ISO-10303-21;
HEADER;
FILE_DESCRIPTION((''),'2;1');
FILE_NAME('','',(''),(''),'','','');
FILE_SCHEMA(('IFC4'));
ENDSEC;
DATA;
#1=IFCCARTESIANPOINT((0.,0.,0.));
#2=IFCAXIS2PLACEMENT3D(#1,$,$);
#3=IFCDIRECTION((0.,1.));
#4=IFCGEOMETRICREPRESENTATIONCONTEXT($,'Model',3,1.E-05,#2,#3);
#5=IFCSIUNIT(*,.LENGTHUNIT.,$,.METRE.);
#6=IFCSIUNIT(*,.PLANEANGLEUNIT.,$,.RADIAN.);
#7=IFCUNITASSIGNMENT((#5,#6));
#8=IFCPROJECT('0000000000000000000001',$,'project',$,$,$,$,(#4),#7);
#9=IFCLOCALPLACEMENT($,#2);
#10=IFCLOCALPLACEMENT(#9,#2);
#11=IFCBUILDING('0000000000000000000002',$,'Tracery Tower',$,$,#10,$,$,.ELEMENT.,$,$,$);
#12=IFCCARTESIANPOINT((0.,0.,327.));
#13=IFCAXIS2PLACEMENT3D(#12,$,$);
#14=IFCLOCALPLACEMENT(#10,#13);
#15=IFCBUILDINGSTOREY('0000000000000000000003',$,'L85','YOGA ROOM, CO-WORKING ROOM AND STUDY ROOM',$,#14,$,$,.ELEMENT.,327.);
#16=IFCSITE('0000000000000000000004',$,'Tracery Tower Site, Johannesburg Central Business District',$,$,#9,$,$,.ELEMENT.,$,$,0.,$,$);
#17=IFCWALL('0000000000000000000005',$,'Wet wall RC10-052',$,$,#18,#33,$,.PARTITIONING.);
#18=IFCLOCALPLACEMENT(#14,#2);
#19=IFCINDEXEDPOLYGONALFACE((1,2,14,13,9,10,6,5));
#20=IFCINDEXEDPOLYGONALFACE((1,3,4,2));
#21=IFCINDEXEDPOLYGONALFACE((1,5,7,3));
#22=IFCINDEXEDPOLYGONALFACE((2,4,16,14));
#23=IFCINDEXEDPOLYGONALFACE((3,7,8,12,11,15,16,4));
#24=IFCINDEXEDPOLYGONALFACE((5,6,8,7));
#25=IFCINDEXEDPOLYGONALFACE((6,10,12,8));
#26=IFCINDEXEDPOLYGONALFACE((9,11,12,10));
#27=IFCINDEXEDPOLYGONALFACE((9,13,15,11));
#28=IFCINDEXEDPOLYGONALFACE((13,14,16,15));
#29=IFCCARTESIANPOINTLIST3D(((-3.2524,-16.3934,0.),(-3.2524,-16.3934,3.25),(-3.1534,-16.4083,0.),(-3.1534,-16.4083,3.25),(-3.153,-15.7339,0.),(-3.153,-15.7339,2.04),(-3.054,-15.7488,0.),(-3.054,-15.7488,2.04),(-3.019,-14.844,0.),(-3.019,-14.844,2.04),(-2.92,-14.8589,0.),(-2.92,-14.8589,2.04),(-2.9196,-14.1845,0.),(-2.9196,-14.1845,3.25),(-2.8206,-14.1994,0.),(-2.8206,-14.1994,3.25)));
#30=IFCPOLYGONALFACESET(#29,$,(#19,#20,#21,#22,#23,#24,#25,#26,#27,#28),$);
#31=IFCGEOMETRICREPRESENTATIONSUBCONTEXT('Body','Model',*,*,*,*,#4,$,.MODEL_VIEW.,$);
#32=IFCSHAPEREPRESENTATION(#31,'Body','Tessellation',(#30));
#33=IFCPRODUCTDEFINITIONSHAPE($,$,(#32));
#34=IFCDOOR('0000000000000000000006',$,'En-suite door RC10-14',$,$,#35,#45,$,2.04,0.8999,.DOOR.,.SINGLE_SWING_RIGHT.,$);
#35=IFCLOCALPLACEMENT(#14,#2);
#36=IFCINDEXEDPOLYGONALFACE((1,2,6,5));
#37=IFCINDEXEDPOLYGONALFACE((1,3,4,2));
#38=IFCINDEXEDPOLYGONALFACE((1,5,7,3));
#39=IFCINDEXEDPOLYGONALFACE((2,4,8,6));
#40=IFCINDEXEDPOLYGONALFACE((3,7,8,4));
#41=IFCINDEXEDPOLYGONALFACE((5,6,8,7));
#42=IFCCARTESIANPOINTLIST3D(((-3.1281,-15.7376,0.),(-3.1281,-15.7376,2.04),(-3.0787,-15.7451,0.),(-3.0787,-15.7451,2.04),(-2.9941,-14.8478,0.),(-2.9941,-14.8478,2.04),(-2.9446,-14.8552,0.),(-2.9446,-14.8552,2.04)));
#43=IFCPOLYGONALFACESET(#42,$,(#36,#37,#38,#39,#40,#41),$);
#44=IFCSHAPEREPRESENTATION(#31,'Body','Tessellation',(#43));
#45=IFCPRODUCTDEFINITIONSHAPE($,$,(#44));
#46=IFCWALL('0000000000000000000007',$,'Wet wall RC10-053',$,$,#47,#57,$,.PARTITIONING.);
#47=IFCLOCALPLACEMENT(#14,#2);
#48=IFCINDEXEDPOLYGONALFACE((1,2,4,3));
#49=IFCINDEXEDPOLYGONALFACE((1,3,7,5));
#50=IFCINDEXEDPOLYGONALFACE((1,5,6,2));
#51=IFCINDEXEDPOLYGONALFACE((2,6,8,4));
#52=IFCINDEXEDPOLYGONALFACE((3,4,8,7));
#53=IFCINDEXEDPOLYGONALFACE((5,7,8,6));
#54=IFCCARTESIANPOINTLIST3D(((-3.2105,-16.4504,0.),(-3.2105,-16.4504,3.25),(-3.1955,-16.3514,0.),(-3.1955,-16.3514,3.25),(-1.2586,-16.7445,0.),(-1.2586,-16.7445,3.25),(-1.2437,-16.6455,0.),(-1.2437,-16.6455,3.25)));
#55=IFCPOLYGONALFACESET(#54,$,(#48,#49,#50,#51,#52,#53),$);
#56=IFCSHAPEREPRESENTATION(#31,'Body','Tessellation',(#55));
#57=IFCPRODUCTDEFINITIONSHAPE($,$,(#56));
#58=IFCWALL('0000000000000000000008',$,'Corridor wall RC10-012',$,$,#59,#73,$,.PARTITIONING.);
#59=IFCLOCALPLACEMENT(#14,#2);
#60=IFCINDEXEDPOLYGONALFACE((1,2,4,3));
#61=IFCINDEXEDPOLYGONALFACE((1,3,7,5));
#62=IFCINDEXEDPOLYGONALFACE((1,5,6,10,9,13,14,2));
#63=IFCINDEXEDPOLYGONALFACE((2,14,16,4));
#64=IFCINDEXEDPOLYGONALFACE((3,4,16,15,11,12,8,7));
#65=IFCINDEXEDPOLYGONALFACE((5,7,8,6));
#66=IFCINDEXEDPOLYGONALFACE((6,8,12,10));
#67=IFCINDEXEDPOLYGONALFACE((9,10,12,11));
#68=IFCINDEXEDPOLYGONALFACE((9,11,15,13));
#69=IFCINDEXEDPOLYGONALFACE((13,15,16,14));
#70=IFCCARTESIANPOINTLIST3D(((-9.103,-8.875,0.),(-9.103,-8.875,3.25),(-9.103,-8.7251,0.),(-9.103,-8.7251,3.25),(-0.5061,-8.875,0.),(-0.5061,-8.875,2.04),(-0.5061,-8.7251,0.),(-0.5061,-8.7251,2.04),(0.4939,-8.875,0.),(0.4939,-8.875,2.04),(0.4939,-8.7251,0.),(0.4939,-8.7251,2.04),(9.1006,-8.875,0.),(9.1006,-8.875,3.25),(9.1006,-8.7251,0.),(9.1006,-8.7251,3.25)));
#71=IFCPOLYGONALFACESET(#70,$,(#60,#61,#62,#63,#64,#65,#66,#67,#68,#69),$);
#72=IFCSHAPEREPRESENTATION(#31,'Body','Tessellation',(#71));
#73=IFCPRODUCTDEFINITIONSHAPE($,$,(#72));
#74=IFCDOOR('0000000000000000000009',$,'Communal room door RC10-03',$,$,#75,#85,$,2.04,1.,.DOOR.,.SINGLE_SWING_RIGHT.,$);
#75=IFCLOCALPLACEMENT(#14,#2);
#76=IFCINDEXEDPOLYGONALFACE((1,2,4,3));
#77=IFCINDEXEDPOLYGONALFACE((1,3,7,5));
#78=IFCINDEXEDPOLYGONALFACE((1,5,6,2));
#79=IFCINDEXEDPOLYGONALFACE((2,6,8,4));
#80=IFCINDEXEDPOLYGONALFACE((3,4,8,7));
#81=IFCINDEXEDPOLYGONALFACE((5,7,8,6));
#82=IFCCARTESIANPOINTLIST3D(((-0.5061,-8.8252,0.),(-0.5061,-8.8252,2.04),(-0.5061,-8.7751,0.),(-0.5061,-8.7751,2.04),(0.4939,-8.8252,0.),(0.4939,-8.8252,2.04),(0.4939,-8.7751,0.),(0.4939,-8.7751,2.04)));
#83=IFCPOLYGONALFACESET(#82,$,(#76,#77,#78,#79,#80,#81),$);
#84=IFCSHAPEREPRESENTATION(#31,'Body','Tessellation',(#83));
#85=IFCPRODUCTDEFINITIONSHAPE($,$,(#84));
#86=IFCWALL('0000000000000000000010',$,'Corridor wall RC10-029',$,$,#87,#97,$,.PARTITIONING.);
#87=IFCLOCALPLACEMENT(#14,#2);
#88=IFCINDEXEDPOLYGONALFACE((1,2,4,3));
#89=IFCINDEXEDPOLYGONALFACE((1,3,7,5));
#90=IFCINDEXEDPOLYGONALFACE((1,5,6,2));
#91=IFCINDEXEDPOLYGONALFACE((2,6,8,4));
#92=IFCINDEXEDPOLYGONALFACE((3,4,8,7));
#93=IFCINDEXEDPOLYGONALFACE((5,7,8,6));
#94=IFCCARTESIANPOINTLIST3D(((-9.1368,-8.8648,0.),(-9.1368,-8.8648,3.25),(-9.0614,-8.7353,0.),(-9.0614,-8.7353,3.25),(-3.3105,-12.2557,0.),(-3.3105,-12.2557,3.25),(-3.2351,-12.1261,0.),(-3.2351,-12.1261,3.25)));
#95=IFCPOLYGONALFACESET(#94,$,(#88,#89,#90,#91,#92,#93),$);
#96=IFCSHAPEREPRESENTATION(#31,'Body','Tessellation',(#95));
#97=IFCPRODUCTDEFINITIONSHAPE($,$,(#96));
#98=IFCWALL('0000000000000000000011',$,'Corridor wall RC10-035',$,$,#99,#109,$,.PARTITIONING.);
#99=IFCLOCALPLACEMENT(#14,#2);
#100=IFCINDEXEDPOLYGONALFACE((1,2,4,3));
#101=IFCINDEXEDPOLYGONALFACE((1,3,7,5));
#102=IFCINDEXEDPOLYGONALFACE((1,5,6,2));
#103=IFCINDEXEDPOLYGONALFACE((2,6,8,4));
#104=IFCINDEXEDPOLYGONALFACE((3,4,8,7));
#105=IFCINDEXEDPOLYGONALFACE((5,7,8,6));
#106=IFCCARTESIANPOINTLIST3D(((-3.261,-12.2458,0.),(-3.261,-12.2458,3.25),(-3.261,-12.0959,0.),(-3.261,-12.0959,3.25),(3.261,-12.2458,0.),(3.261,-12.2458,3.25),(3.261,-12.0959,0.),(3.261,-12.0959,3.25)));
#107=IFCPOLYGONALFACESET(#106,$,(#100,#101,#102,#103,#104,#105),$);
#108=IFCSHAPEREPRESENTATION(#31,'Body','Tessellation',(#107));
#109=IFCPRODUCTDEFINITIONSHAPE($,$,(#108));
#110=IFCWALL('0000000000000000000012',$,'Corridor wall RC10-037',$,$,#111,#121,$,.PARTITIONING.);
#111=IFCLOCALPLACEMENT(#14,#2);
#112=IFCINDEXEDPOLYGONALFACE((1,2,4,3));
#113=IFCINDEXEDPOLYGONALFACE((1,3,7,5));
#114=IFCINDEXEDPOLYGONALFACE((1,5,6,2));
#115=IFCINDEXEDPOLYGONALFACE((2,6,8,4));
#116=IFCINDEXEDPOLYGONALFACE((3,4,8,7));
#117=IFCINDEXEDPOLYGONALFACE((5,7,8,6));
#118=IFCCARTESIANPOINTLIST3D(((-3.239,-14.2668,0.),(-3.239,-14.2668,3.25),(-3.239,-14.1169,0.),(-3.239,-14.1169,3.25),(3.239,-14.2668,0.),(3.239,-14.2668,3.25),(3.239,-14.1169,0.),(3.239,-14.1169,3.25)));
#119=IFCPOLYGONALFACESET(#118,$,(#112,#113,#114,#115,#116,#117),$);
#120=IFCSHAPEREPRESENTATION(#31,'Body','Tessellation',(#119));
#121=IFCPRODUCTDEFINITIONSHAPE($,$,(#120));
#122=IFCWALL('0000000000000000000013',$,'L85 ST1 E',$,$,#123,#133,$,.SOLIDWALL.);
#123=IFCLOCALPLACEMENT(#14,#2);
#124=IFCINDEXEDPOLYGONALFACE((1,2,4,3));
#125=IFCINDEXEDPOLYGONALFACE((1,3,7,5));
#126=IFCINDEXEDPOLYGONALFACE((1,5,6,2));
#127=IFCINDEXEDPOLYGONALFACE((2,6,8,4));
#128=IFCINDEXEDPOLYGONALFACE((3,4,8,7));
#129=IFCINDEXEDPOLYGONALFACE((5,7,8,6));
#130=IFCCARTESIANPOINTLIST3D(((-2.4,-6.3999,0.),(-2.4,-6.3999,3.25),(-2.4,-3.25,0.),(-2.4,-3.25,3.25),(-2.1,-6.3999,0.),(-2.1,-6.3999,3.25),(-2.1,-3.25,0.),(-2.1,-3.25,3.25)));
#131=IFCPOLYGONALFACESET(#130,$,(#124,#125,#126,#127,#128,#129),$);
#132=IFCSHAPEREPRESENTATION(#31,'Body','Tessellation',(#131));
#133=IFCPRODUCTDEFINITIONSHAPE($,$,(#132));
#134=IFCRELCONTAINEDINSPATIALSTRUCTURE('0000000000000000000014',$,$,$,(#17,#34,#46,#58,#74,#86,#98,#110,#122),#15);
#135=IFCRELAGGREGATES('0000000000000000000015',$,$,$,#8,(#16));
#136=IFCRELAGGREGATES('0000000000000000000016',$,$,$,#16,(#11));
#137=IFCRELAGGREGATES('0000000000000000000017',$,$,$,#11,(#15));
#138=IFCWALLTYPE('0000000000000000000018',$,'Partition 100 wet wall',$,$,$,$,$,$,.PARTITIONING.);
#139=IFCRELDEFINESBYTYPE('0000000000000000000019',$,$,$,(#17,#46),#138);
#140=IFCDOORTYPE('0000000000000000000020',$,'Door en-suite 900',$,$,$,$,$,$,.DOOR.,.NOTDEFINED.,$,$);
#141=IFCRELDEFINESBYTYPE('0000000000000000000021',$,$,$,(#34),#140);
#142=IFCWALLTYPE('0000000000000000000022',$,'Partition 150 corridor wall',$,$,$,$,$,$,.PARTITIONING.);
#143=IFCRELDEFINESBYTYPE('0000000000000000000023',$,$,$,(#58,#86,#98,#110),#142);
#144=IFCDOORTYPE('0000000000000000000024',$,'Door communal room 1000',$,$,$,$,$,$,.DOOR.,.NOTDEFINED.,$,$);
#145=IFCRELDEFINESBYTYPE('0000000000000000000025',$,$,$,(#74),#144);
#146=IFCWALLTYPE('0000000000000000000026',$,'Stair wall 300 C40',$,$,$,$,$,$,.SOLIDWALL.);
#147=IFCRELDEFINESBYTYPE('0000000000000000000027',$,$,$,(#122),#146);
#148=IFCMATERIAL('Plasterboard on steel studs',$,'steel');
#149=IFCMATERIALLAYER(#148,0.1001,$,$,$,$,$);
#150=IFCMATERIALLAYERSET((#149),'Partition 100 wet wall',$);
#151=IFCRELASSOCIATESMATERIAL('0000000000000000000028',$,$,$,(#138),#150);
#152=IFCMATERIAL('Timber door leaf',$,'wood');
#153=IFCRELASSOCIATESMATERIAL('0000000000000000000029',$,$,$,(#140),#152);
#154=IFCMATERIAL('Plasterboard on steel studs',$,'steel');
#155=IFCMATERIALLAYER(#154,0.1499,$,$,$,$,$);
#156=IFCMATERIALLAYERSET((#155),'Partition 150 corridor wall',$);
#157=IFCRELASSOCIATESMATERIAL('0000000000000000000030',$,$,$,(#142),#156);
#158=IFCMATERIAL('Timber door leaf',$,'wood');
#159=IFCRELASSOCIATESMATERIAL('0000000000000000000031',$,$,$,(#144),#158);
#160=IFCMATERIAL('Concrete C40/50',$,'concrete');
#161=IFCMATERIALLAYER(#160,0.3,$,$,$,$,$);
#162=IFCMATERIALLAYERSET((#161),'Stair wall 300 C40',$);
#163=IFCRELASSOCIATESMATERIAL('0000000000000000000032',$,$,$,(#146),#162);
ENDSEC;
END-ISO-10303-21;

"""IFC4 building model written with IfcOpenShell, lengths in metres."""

from ifc_helpers import new_model, si_unit, direction, frame, frame_2d, origin, place, context, subcontext, project, spatial, rectangle, extrude, material, layer, layer_set, type_object, element, fill, save


model = new_model("IFC4")

# Units and contexts
model_context = context("Model", 3, precision=1e-05, world=origin(), true_north=direction((0.0, 1.0)))
body_context = subcontext(model_context, "Body", "Model", "MODEL_VIEW")
ifc_project = project(units=[si_unit("LENGTHUNIT", "METRE"), si_unit("PLANEANGLEUNIT", "RADIAN")], contexts=[model_context])

# Site, building, storey
site_placement = place(None, origin())
site = spatial("IfcSite", under=ifc_project, at=site_placement, Name="Tracery Tower Site, Johannesburg Central Business District", CompositionType="ELEMENT", RefElevation=0.0)
building_placement = place(site_placement, origin())
building = spatial("IfcBuilding", under=site, at=building_placement, Name="Tracery Tower", CompositionType="ELEMENT")
storey_placement = place(building_placement, frame((0.0, 0.0, 327.0)))
storey = spatial("IfcBuildingStorey", under=building, at=storey_placement, Name="L85", Description="YOGA ROOM, CO-WORKING ROOM AND STUDY ROOM", CompositionType="ELEMENT", Elevation=327.0)

# Wall, opening, door
ifc_material_1 = material(Name="Plasterboard on steel studs", Category="steel")
ifc_layer_1 = layer(ifc_material_1, 0.1001)
ifc_layer_set_1 = layer_set([ifc_layer_1], Name="Partition 100 wet wall")
wall_type_1 = type_object("IfcWallType", Name="Partition 100 wet wall", PredefinedType="PARTITIONING", material=ifc_layer_set_1)
wall_1_placement = place(storey_placement, frame((-3.2029, -16.4009, 0.0), z_axis=(0.0, 0.0, 1.0), x_axis=(0.14896, 0.988843, 0.0)))
wall_1 = element("IfcWall", 1, at=wall_1_placement, inside=storey, type_object=wall_type_1, Name="Wet wall RC10-052", PredefinedType="PARTITIONING", context=body_context, shape_type="SweptSolid", body=[
    extrude(rectangle(XDim=2.2339, YDim=0.1001, at=frame_2d((1.1169, 0.0))), origin(), (0.0, 0.0, 1.0), 3.25),
])
opening_1_placement = place(wall_1_placement, frame((0.667, 0.0, 0.0)))
opening_1 = element("IfcOpeningElement", 2, at=opening_1_placement, cuts=wall_1, PredefinedType="OPENING", context=body_context, shape_type="SweptSolid", body=[
    extrude(rectangle(XDim=0.8999, YDim=2.04, at=frame_2d((0.45, 1.02))), frame((0.0, 0.05, 0.0), z_axis=(0.0, -1.0, 0.0), x_axis=(1.0, 0.0, 0.0)), (0.0, 0.0, 1.0), 0.1001),
])
ifc_material_2 = material(Name="Timber door leaf", Category="wood")
door_type_1 = type_object("IfcDoorType", Name="Door en-suite 900", OperationType="NOTDEFINED", PredefinedType="DOOR", material=ifc_material_2)
door_1_placement = place(opening_1_placement, origin())
door_1 = element("IfcDoor", 3, at=door_1_placement, inside=storey, type_object=door_type_1, Name="En-suite door RC10-14", OperationType="SINGLE_SWING_RIGHT", OverallHeight=2.04, OverallWidth=0.8999, PredefinedType="DOOR", context=body_context, shape_type="SweptSolid", body=[
    extrude(rectangle(XDim=0.8999, YDim=2.04, at=frame_2d((0.45, 1.02))), frame((0.0, 0.0249, 0.0), z_axis=(0.0, -1.0, 0.0), x_axis=(1.0, 0.0, 0.0)), (0.0, 0.0, 1.0), 0.05),
])
fill(opening_1, door_1)

# Wall
wall_2_placement = place(storey_placement, frame((-3.2029, -16.4009, 0.0), z_axis=(0.0, 0.0, 1.0), x_axis=(0.988832, -0.149036, 0.0)))
element("IfcWall", 4, at=wall_2_placement, inside=storey, type_object=wall_type_1, Name="Wet wall RC10-053", PredefinedType="PARTITIONING", context=body_context, shape_type="SweptSolid", body=[
    extrude(rectangle(XDim=1.9739, YDim=0.1001, at=frame_2d((0.9868, 0.0))), origin(), (0.0, 0.0, 1.0), 3.25),
])

# Wall, opening, door
ifc_material_3 = material(Name="Plasterboard on steel studs", Category="steel")
ifc_layer_2 = layer(ifc_material_3, 0.1499)
ifc_layer_set_2 = layer_set([ifc_layer_2], Name="Partition 150 corridor wall")
wall_type_2 = type_object("IfcWallType", Name="Partition 150 corridor wall", PredefinedType="PARTITIONING", material=ifc_layer_set_2)
wall_3_placement = place(storey_placement, frame((-9.103, -8.8, 0.0), z_axis=(0.0, 0.0, 1.0), x_axis=(1.0, 0.0, 0.0)))
wall_3 = element("IfcWall", 5, at=wall_3_placement, inside=storey, type_object=wall_type_2, Name="Corridor wall RC10-012", PredefinedType="PARTITIONING", context=body_context, shape_type="SweptSolid", body=[
    extrude(rectangle(XDim=18.2036, YDim=0.1499, at=frame_2d((9.1018, 0.0))), origin(), (0.0, 0.0, 1.0), 3.25),
])
opening_2_placement = place(wall_3_placement, frame((8.5969, 0.0, 0.0)))
opening_2 = element("IfcOpeningElement", 6, at=opening_2_placement, cuts=wall_3, PredefinedType="OPENING", context=body_context, shape_type="SweptSolid", body=[
    extrude(rectangle(XDim=1.0, YDim=2.04, at=frame_2d((0.5, 1.02))), frame((0.0, 0.075, 0.0), z_axis=(0.0, -1.0, 0.0), x_axis=(1.0, 0.0, 0.0)), (0.0, 0.0, 1.0), 0.1499),
])
ifc_material_4 = material(Name="Timber door leaf", Category="wood")
door_type_2 = type_object("IfcDoorType", Name="Door communal room 1000", OperationType="NOTDEFINED", PredefinedType="DOOR", material=ifc_material_4)
door_2_placement = place(opening_2_placement, origin())
door_2 = element("IfcDoor", 7, at=door_2_placement, inside=storey, type_object=door_type_2, Name="Communal room door RC10-03", OperationType="SINGLE_SWING_RIGHT", OverallHeight=2.04, OverallWidth=1.0, PredefinedType="DOOR", context=body_context, shape_type="SweptSolid", body=[
    extrude(rectangle(XDim=1.0, YDim=2.04, at=frame_2d((0.5, 1.02))), frame((0.0, 0.0249, 0.0), z_axis=(0.0, -1.0, 0.0), x_axis=(1.0, 0.0, 0.0)), (0.0, 0.0, 1.0), 0.05),
])
fill(opening_2, door_2)

# Walls
wall_4_placement = place(storey_placement, frame((-9.0991, -8.8, 0.0), z_axis=(0.0, 0.0, 1.0), x_axis=(0.864287, -0.502999, 0.0)))
element("IfcWall", 8, at=wall_4_placement, inside=storey, type_object=wall_type_2, Name="Corridor wall RC10-029", PredefinedType="PARTITIONING", context=body_context, shape_type="SweptSolid", body=[
    extrude(rectangle(XDim=6.7412, YDim=0.1499, at=frame_2d((3.3706, 0.0))), origin(), (0.0, 0.0, 1.0), 3.25),
])
wall_5_placement = place(storey_placement, frame((-3.261, -12.1709, 0.0), z_axis=(0.0, 0.0, 1.0), x_axis=(1.0, 0.0, 0.0)))
element("IfcWall", 9, at=wall_5_placement, inside=storey, type_object=wall_type_2, Name="Corridor wall RC10-035", PredefinedType="PARTITIONING", context=body_context, shape_type="SweptSolid", body=[
    extrude(rectangle(XDim=6.522, YDim=0.1499, at=frame_2d((3.261, 0.0))), origin(), (0.0, 0.0, 1.0), 3.25),
])
wall_6_placement = place(storey_placement, frame((-3.239, -14.1919, 0.0), z_axis=(0.0, 0.0, 1.0), x_axis=(1.0, 0.0, 0.0)))
element("IfcWall", 10, at=wall_6_placement, inside=storey, type_object=wall_type_2, Name="Corridor wall RC10-037", PredefinedType="PARTITIONING", context=body_context, shape_type="SweptSolid", body=[
    extrude(rectangle(XDim=6.478, YDim=0.1499, at=frame_2d((3.239, 0.0))), origin(), (0.0, 0.0, 1.0), 3.25),
])

# Shared definitions
ifc_material_5 = material(Name="Concrete C40/50", Category="concrete")
ifc_layer_3 = layer(ifc_material_5, 0.3)
ifc_layer_set_3 = layer_set([ifc_layer_3], Name="Stair wall 300 C40")
wall_type_3 = type_object("IfcWallType", Name="Stair wall 300 C40", PredefinedType="SOLIDWALL", material=ifc_layer_set_3)

# Wall
wall_7_placement = place(storey_placement, frame((-2.25, -6.3999, 0.0), z_axis=(0.0, 0.0, 1.0), x_axis=(0.0, 1.0, 0.0)))
element("IfcWall", 11, at=wall_7_placement, inside=storey, type_object=wall_type_3, Name="L85 ST1 E", PredefinedType="SOLIDWALL", context=body_context, shape_type="SweptSolid", body=[
    extrude(rectangle(XDim=3.1499, YDim=0.3, at=frame_2d((1.575, 0.0))), origin(), (0.0, 0.0, 1.0), 3.25),
])

save(model, "model.ifc")
